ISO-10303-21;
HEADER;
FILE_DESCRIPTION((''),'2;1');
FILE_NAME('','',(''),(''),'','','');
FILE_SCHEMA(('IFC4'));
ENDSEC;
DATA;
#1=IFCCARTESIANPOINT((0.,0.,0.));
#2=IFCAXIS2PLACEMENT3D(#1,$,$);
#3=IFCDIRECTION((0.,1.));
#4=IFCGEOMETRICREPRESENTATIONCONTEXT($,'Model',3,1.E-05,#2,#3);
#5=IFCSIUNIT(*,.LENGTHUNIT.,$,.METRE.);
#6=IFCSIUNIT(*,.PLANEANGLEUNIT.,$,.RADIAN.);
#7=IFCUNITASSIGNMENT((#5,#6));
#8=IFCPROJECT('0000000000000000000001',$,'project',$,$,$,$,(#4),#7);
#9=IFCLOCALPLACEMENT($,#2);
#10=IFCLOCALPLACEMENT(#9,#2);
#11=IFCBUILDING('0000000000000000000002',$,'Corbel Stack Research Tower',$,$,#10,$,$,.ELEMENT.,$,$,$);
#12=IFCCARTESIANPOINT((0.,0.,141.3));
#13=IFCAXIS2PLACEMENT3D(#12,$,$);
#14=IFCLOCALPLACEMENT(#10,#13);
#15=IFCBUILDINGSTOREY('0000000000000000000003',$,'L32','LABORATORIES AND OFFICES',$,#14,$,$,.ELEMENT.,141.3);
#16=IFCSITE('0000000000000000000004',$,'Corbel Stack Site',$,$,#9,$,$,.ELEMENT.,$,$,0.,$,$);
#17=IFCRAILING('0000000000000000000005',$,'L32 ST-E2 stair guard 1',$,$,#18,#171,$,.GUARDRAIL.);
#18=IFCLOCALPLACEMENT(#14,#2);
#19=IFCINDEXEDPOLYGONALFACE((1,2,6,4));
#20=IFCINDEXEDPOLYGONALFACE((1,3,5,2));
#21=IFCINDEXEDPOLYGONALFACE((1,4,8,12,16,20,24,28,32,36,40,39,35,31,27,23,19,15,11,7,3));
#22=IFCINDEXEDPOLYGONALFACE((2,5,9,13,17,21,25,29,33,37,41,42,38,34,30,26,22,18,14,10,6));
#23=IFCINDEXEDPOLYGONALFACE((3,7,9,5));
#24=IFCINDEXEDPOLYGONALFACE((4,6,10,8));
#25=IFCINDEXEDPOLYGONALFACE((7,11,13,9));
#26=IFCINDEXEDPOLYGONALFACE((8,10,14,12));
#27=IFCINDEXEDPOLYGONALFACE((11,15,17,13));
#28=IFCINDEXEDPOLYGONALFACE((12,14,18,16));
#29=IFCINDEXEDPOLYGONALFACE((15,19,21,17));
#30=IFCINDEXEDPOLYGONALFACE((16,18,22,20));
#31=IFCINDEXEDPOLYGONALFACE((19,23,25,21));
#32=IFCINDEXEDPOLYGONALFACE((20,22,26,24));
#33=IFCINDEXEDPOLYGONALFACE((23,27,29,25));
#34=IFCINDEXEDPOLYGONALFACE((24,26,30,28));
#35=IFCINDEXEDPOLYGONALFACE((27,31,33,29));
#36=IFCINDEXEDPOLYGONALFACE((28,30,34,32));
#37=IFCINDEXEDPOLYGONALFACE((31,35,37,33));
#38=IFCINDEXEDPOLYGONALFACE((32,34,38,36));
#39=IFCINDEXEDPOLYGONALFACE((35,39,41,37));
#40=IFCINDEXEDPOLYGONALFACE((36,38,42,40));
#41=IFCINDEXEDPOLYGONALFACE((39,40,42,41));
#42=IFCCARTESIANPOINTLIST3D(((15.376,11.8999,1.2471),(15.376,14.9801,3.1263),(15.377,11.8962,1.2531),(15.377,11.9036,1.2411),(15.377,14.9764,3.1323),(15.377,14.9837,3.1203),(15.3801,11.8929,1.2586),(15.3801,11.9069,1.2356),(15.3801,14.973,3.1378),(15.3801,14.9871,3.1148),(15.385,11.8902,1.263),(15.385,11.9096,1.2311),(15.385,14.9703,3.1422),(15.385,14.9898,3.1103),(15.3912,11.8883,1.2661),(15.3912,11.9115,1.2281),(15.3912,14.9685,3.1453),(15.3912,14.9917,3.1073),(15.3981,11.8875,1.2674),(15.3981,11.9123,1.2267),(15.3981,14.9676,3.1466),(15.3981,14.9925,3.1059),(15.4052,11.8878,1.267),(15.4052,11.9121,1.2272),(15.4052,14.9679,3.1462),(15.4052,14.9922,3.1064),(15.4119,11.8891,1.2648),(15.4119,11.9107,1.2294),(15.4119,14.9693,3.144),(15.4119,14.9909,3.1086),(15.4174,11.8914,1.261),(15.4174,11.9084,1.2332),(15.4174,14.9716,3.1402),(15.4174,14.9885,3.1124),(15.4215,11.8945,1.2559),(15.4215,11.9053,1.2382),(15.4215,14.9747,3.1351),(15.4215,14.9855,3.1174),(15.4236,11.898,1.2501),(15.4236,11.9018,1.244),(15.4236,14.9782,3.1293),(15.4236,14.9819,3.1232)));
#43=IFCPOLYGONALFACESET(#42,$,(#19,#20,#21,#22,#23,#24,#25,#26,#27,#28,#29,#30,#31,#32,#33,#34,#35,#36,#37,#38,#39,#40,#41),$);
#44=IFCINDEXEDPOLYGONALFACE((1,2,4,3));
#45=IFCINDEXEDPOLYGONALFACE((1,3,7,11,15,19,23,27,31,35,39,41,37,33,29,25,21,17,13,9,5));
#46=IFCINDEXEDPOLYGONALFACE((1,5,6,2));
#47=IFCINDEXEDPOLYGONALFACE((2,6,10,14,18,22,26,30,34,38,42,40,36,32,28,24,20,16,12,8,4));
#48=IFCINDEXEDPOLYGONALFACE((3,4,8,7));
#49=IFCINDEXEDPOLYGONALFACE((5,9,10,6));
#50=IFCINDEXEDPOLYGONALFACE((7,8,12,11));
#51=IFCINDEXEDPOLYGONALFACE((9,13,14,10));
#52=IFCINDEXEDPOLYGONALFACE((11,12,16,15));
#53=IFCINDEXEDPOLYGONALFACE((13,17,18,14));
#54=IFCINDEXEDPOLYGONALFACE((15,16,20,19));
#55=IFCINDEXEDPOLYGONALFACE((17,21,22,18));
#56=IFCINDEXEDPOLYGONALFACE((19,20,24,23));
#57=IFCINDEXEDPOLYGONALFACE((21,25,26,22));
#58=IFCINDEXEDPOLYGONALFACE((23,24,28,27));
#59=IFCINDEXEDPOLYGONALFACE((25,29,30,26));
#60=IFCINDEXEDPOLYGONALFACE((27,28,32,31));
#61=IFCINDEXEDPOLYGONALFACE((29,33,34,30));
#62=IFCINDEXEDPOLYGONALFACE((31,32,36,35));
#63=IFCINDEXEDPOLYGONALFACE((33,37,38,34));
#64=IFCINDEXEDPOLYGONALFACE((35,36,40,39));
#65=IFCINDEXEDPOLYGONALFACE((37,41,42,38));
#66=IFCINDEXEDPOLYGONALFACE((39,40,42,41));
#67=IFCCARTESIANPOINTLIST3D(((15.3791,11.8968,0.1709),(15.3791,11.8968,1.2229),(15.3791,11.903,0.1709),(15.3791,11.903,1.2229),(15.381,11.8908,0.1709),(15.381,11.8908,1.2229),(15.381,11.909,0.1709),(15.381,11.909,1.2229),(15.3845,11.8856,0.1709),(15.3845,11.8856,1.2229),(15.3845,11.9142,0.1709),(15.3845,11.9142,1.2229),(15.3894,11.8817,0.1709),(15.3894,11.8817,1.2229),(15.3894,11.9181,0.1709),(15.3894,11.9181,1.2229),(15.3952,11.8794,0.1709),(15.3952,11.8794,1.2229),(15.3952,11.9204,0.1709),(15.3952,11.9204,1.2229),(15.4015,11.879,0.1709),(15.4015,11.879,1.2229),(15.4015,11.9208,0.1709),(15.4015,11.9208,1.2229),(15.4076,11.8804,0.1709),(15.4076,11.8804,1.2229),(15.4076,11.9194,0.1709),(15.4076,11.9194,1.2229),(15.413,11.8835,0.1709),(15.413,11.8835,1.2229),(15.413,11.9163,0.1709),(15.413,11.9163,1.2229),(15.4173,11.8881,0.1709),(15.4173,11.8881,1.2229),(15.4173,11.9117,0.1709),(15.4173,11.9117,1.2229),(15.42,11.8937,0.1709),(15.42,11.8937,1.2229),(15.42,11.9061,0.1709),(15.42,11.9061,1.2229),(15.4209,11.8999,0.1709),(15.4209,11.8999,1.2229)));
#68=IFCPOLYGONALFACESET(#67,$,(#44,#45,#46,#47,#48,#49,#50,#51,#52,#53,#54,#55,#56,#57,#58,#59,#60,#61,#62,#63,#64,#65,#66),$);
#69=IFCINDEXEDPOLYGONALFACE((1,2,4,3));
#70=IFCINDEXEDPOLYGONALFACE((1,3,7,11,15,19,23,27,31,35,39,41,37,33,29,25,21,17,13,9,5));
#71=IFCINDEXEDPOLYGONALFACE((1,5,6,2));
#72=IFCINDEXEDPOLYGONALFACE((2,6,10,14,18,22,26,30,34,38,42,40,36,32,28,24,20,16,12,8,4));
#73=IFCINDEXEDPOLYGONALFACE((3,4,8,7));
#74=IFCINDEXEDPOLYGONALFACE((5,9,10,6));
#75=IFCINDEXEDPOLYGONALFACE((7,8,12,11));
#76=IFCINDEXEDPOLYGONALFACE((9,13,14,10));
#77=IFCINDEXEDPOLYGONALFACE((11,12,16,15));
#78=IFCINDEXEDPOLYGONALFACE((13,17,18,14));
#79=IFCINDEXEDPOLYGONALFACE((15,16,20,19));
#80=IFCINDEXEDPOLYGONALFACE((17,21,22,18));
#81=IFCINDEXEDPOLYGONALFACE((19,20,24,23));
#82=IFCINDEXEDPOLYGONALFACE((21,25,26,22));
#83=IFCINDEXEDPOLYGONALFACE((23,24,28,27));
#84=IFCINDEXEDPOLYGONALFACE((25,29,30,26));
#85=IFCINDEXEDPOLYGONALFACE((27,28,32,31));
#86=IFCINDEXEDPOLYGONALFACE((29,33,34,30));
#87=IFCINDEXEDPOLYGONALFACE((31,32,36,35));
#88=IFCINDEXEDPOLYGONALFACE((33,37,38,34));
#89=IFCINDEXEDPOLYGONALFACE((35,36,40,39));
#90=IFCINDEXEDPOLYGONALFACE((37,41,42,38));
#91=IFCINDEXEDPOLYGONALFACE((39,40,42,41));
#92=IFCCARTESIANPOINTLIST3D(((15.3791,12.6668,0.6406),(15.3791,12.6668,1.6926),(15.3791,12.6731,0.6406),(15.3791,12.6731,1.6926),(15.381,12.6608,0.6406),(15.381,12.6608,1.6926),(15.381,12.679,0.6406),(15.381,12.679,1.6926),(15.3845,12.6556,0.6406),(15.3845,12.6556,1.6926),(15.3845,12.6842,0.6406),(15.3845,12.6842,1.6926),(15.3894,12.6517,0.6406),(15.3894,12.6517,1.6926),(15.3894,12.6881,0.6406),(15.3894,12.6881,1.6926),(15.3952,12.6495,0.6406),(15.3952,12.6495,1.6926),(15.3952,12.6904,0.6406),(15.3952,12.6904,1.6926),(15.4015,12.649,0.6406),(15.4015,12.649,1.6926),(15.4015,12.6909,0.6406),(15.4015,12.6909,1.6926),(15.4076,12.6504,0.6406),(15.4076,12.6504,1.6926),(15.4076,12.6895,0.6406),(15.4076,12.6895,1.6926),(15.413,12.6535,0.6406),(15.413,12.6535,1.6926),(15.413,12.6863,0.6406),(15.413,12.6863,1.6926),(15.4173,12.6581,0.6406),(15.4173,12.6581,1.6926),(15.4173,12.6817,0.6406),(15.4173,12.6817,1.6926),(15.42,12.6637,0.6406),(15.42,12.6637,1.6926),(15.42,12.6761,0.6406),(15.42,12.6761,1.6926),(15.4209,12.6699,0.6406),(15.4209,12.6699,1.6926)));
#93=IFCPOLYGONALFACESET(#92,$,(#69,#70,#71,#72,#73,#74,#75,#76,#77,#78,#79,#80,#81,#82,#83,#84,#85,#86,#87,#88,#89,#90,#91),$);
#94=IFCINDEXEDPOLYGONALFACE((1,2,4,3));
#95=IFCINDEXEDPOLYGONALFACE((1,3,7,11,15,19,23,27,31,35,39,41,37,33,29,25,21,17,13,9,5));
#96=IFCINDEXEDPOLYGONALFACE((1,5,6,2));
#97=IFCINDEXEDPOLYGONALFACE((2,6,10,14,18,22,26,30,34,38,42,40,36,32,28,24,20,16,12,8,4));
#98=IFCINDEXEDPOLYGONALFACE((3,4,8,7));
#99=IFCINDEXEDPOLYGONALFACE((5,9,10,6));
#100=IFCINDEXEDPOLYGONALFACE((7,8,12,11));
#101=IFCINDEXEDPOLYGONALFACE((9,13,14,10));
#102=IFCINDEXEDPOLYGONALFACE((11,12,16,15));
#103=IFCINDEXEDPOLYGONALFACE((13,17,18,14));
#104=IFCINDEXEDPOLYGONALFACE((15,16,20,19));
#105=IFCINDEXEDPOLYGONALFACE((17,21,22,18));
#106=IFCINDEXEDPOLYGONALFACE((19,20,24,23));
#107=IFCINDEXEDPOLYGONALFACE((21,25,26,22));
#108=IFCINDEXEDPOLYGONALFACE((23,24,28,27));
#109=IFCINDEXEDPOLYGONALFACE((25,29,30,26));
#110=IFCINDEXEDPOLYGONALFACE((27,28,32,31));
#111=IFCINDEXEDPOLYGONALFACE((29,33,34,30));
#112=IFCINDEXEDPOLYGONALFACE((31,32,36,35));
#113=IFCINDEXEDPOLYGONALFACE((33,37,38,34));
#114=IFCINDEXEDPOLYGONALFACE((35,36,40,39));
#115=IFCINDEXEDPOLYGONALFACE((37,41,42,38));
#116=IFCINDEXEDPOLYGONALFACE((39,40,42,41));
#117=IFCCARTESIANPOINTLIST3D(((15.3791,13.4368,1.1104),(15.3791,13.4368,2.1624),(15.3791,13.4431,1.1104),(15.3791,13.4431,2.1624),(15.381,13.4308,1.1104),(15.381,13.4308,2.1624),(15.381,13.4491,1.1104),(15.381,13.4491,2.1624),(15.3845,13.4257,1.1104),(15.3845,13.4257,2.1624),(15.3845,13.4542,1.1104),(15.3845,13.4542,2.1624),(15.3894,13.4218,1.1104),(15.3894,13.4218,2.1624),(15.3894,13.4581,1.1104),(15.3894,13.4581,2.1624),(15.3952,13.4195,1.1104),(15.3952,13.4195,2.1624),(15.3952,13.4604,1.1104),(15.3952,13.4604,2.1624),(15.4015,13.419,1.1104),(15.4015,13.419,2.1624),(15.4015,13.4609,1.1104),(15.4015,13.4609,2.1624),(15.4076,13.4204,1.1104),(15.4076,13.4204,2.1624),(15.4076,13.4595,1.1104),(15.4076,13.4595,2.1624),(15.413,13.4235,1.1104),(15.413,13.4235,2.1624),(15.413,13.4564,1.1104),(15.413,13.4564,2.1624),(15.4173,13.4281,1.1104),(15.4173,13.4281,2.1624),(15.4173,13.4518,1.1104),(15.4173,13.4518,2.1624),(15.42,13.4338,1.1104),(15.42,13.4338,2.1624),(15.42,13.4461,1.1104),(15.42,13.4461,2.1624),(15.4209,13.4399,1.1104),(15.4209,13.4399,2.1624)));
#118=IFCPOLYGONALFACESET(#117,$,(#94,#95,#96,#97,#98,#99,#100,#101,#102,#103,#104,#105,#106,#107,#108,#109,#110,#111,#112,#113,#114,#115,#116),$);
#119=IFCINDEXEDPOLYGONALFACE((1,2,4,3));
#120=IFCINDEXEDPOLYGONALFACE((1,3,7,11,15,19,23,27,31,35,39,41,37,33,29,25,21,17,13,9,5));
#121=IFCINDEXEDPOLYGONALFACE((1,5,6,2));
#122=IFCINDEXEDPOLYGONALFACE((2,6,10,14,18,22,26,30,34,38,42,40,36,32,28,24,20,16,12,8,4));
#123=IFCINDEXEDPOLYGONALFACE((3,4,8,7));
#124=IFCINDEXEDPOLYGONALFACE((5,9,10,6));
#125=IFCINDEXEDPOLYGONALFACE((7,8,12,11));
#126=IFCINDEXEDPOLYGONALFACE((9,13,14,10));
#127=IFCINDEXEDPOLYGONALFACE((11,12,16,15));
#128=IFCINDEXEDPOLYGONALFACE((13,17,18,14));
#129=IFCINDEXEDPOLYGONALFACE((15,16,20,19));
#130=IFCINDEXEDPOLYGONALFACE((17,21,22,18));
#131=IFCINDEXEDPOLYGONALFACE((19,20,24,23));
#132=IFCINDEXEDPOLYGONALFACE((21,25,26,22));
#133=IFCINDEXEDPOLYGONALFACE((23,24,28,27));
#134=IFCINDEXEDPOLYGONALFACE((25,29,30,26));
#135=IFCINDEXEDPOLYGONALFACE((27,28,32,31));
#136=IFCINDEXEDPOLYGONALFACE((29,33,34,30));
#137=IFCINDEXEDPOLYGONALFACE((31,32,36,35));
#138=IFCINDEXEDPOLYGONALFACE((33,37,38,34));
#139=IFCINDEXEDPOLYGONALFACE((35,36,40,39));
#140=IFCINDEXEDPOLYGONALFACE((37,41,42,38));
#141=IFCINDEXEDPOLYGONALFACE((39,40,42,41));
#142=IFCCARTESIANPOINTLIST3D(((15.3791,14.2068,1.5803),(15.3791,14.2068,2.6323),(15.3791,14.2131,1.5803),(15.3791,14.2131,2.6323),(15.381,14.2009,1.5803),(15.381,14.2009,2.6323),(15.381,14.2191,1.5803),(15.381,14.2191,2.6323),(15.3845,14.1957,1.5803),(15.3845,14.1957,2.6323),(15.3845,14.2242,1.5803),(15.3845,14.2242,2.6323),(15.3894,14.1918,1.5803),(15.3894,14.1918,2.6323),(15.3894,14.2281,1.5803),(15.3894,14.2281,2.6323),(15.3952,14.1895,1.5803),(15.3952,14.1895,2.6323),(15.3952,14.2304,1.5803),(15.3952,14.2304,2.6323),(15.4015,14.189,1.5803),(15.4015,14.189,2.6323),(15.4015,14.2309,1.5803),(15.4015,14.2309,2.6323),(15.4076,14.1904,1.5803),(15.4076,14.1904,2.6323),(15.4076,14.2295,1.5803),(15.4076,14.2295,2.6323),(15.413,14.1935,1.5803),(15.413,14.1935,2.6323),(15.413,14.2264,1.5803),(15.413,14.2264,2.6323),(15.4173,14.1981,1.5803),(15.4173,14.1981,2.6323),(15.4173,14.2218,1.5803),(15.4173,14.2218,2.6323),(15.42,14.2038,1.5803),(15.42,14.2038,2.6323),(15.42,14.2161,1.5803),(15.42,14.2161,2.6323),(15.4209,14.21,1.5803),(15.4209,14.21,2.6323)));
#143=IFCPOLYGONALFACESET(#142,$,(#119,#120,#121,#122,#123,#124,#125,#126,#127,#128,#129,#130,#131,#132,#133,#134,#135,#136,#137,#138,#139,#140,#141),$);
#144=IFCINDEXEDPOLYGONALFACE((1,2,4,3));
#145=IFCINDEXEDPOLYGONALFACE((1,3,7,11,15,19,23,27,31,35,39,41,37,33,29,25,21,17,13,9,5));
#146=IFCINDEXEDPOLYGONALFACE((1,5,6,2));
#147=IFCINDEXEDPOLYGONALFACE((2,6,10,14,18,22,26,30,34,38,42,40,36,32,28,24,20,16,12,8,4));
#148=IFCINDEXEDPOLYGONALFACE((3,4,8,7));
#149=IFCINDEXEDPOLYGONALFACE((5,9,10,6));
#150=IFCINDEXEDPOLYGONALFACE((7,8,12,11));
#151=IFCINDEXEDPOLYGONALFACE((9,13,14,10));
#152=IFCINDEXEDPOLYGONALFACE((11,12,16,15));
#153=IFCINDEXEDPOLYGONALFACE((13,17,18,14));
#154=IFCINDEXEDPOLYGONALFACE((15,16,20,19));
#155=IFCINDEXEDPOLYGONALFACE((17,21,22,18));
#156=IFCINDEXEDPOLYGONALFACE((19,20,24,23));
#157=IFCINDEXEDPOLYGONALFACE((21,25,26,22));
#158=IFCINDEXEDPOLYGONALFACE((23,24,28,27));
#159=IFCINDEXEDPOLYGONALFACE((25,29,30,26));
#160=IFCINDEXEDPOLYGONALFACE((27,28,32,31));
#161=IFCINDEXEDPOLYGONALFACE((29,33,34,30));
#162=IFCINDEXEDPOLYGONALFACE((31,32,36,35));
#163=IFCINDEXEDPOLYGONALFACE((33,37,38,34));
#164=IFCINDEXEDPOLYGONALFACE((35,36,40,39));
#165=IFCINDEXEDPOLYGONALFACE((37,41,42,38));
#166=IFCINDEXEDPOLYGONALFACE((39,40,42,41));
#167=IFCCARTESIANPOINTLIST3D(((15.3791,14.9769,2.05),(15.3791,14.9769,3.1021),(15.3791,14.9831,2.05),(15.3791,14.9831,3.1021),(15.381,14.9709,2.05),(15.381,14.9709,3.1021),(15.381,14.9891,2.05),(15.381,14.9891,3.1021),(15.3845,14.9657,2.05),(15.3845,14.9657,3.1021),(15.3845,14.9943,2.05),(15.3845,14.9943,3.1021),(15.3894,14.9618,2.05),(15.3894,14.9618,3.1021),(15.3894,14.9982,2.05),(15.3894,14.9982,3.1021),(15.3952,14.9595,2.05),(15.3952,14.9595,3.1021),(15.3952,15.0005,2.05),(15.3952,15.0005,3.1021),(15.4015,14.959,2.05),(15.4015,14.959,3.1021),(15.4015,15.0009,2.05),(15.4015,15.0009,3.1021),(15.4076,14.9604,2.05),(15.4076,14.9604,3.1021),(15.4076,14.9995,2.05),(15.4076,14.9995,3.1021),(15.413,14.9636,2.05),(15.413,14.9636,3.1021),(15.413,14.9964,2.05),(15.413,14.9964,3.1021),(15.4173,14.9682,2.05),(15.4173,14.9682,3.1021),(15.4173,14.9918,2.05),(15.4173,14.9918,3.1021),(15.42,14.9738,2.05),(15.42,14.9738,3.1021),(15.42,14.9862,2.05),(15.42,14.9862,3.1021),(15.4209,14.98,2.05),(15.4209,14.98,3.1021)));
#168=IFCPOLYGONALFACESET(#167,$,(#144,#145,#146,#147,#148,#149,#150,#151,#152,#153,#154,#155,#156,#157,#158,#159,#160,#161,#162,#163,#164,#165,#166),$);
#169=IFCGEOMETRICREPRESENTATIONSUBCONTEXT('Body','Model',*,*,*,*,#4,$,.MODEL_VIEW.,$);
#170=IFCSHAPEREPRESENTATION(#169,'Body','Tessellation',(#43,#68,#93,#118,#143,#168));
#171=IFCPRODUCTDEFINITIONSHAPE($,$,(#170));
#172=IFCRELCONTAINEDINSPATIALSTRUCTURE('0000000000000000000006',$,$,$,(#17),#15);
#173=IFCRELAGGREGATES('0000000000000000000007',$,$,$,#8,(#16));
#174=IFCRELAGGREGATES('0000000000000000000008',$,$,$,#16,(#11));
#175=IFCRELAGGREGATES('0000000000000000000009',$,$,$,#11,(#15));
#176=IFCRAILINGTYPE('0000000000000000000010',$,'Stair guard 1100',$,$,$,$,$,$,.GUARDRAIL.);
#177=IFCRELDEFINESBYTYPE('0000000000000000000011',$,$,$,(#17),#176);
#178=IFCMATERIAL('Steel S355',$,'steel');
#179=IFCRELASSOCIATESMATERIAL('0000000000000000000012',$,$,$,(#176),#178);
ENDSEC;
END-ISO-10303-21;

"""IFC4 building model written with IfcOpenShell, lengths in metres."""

from ifc_helpers import new_model, si_unit, direction, frame, origin, origin_2d, place, context, subcontext, project, spatial, circle, extrude, material, type_object, element, save


model = new_model("IFC4")

# Units and contexts
model_context = context("Model", 3, precision=1e-05, world=origin(), true_north=direction((0.0, 1.0)))
body_context = subcontext(model_context, "Body", "Model", "MODEL_VIEW")
ifc_project = project(units=[si_unit("LENGTHUNIT", "METRE"), si_unit("PLANEANGLEUNIT", "RADIAN")], contexts=[model_context])

# Site, building, storey
site_placement = place(None, origin())
site = spatial("IfcSite", under=ifc_project, at=site_placement, Name="Corbel Stack Site", CompositionType="ELEMENT", RefElevation=0.0)
building_placement = place(site_placement, origin())
building = spatial("IfcBuilding", under=site, at=building_placement, Name="Corbel Stack Research Tower", CompositionType="ELEMENT")
storey_placement = place(building_placement, frame((0.0, 0.0, 141.3)))
storey = spatial("IfcBuildingStorey", under=building, at=storey_placement, Name="L32", Description="LABORATORIES AND OFFICES", CompositionType="ELEMENT", Elevation=141.3)

# Railing
ifc_material_1 = material(Name="Steel S355", Category="steel")
railing_type_1 = type_object("IfcRailingType", Name="Stair guard 1100", PredefinedType="GUARDRAIL", material=ifc_material_1)
railing_1_placement = place(storey_placement, frame((15.3999, 11.8999, 0.1709)))
element("IfcRailing", 1, at=railing_1_placement, inside=storey, type_object=railing_type_1, Name="L32 ST-E2 stair guard 1", PredefinedType="GUARDRAIL", context=body_context, shape_type="SweptSolid", body=[
    extrude(circle(Radius=0.0239, at=origin_2d()), frame((0.0, 0.0, 1.0762), z_axis=(0.0, 0.853666, 0.52082), x_axis=(-1.0, 0.0, 0.0)), (0.0, 0.0, 1.0), 3.6082),
    extrude(circle(Radius=0.021, at=origin_2d()), origin(), (0.0, 0.0, 1.0), 1.052),
    extrude(circle(Radius=0.021, at=origin_2d()), frame((0.0, 0.77, 0.4697)), (0.0, 0.0, 1.0), 1.052),
    extrude(circle(Radius=0.021, at=origin_2d()), frame((0.0, 1.54, 0.9395)), (0.0, 0.0, 1.0), 1.052),
    extrude(circle(Radius=0.021, at=origin_2d()), frame((0.0, 2.3101, 1.4094)), (0.0, 0.0, 1.0), 1.052),
    extrude(circle(Radius=0.021, at=origin_2d()), frame((0.0, 3.0801, 1.8792)), (0.0, 0.0, 1.0), 1.052),
])

save(model, "model.ifc")
